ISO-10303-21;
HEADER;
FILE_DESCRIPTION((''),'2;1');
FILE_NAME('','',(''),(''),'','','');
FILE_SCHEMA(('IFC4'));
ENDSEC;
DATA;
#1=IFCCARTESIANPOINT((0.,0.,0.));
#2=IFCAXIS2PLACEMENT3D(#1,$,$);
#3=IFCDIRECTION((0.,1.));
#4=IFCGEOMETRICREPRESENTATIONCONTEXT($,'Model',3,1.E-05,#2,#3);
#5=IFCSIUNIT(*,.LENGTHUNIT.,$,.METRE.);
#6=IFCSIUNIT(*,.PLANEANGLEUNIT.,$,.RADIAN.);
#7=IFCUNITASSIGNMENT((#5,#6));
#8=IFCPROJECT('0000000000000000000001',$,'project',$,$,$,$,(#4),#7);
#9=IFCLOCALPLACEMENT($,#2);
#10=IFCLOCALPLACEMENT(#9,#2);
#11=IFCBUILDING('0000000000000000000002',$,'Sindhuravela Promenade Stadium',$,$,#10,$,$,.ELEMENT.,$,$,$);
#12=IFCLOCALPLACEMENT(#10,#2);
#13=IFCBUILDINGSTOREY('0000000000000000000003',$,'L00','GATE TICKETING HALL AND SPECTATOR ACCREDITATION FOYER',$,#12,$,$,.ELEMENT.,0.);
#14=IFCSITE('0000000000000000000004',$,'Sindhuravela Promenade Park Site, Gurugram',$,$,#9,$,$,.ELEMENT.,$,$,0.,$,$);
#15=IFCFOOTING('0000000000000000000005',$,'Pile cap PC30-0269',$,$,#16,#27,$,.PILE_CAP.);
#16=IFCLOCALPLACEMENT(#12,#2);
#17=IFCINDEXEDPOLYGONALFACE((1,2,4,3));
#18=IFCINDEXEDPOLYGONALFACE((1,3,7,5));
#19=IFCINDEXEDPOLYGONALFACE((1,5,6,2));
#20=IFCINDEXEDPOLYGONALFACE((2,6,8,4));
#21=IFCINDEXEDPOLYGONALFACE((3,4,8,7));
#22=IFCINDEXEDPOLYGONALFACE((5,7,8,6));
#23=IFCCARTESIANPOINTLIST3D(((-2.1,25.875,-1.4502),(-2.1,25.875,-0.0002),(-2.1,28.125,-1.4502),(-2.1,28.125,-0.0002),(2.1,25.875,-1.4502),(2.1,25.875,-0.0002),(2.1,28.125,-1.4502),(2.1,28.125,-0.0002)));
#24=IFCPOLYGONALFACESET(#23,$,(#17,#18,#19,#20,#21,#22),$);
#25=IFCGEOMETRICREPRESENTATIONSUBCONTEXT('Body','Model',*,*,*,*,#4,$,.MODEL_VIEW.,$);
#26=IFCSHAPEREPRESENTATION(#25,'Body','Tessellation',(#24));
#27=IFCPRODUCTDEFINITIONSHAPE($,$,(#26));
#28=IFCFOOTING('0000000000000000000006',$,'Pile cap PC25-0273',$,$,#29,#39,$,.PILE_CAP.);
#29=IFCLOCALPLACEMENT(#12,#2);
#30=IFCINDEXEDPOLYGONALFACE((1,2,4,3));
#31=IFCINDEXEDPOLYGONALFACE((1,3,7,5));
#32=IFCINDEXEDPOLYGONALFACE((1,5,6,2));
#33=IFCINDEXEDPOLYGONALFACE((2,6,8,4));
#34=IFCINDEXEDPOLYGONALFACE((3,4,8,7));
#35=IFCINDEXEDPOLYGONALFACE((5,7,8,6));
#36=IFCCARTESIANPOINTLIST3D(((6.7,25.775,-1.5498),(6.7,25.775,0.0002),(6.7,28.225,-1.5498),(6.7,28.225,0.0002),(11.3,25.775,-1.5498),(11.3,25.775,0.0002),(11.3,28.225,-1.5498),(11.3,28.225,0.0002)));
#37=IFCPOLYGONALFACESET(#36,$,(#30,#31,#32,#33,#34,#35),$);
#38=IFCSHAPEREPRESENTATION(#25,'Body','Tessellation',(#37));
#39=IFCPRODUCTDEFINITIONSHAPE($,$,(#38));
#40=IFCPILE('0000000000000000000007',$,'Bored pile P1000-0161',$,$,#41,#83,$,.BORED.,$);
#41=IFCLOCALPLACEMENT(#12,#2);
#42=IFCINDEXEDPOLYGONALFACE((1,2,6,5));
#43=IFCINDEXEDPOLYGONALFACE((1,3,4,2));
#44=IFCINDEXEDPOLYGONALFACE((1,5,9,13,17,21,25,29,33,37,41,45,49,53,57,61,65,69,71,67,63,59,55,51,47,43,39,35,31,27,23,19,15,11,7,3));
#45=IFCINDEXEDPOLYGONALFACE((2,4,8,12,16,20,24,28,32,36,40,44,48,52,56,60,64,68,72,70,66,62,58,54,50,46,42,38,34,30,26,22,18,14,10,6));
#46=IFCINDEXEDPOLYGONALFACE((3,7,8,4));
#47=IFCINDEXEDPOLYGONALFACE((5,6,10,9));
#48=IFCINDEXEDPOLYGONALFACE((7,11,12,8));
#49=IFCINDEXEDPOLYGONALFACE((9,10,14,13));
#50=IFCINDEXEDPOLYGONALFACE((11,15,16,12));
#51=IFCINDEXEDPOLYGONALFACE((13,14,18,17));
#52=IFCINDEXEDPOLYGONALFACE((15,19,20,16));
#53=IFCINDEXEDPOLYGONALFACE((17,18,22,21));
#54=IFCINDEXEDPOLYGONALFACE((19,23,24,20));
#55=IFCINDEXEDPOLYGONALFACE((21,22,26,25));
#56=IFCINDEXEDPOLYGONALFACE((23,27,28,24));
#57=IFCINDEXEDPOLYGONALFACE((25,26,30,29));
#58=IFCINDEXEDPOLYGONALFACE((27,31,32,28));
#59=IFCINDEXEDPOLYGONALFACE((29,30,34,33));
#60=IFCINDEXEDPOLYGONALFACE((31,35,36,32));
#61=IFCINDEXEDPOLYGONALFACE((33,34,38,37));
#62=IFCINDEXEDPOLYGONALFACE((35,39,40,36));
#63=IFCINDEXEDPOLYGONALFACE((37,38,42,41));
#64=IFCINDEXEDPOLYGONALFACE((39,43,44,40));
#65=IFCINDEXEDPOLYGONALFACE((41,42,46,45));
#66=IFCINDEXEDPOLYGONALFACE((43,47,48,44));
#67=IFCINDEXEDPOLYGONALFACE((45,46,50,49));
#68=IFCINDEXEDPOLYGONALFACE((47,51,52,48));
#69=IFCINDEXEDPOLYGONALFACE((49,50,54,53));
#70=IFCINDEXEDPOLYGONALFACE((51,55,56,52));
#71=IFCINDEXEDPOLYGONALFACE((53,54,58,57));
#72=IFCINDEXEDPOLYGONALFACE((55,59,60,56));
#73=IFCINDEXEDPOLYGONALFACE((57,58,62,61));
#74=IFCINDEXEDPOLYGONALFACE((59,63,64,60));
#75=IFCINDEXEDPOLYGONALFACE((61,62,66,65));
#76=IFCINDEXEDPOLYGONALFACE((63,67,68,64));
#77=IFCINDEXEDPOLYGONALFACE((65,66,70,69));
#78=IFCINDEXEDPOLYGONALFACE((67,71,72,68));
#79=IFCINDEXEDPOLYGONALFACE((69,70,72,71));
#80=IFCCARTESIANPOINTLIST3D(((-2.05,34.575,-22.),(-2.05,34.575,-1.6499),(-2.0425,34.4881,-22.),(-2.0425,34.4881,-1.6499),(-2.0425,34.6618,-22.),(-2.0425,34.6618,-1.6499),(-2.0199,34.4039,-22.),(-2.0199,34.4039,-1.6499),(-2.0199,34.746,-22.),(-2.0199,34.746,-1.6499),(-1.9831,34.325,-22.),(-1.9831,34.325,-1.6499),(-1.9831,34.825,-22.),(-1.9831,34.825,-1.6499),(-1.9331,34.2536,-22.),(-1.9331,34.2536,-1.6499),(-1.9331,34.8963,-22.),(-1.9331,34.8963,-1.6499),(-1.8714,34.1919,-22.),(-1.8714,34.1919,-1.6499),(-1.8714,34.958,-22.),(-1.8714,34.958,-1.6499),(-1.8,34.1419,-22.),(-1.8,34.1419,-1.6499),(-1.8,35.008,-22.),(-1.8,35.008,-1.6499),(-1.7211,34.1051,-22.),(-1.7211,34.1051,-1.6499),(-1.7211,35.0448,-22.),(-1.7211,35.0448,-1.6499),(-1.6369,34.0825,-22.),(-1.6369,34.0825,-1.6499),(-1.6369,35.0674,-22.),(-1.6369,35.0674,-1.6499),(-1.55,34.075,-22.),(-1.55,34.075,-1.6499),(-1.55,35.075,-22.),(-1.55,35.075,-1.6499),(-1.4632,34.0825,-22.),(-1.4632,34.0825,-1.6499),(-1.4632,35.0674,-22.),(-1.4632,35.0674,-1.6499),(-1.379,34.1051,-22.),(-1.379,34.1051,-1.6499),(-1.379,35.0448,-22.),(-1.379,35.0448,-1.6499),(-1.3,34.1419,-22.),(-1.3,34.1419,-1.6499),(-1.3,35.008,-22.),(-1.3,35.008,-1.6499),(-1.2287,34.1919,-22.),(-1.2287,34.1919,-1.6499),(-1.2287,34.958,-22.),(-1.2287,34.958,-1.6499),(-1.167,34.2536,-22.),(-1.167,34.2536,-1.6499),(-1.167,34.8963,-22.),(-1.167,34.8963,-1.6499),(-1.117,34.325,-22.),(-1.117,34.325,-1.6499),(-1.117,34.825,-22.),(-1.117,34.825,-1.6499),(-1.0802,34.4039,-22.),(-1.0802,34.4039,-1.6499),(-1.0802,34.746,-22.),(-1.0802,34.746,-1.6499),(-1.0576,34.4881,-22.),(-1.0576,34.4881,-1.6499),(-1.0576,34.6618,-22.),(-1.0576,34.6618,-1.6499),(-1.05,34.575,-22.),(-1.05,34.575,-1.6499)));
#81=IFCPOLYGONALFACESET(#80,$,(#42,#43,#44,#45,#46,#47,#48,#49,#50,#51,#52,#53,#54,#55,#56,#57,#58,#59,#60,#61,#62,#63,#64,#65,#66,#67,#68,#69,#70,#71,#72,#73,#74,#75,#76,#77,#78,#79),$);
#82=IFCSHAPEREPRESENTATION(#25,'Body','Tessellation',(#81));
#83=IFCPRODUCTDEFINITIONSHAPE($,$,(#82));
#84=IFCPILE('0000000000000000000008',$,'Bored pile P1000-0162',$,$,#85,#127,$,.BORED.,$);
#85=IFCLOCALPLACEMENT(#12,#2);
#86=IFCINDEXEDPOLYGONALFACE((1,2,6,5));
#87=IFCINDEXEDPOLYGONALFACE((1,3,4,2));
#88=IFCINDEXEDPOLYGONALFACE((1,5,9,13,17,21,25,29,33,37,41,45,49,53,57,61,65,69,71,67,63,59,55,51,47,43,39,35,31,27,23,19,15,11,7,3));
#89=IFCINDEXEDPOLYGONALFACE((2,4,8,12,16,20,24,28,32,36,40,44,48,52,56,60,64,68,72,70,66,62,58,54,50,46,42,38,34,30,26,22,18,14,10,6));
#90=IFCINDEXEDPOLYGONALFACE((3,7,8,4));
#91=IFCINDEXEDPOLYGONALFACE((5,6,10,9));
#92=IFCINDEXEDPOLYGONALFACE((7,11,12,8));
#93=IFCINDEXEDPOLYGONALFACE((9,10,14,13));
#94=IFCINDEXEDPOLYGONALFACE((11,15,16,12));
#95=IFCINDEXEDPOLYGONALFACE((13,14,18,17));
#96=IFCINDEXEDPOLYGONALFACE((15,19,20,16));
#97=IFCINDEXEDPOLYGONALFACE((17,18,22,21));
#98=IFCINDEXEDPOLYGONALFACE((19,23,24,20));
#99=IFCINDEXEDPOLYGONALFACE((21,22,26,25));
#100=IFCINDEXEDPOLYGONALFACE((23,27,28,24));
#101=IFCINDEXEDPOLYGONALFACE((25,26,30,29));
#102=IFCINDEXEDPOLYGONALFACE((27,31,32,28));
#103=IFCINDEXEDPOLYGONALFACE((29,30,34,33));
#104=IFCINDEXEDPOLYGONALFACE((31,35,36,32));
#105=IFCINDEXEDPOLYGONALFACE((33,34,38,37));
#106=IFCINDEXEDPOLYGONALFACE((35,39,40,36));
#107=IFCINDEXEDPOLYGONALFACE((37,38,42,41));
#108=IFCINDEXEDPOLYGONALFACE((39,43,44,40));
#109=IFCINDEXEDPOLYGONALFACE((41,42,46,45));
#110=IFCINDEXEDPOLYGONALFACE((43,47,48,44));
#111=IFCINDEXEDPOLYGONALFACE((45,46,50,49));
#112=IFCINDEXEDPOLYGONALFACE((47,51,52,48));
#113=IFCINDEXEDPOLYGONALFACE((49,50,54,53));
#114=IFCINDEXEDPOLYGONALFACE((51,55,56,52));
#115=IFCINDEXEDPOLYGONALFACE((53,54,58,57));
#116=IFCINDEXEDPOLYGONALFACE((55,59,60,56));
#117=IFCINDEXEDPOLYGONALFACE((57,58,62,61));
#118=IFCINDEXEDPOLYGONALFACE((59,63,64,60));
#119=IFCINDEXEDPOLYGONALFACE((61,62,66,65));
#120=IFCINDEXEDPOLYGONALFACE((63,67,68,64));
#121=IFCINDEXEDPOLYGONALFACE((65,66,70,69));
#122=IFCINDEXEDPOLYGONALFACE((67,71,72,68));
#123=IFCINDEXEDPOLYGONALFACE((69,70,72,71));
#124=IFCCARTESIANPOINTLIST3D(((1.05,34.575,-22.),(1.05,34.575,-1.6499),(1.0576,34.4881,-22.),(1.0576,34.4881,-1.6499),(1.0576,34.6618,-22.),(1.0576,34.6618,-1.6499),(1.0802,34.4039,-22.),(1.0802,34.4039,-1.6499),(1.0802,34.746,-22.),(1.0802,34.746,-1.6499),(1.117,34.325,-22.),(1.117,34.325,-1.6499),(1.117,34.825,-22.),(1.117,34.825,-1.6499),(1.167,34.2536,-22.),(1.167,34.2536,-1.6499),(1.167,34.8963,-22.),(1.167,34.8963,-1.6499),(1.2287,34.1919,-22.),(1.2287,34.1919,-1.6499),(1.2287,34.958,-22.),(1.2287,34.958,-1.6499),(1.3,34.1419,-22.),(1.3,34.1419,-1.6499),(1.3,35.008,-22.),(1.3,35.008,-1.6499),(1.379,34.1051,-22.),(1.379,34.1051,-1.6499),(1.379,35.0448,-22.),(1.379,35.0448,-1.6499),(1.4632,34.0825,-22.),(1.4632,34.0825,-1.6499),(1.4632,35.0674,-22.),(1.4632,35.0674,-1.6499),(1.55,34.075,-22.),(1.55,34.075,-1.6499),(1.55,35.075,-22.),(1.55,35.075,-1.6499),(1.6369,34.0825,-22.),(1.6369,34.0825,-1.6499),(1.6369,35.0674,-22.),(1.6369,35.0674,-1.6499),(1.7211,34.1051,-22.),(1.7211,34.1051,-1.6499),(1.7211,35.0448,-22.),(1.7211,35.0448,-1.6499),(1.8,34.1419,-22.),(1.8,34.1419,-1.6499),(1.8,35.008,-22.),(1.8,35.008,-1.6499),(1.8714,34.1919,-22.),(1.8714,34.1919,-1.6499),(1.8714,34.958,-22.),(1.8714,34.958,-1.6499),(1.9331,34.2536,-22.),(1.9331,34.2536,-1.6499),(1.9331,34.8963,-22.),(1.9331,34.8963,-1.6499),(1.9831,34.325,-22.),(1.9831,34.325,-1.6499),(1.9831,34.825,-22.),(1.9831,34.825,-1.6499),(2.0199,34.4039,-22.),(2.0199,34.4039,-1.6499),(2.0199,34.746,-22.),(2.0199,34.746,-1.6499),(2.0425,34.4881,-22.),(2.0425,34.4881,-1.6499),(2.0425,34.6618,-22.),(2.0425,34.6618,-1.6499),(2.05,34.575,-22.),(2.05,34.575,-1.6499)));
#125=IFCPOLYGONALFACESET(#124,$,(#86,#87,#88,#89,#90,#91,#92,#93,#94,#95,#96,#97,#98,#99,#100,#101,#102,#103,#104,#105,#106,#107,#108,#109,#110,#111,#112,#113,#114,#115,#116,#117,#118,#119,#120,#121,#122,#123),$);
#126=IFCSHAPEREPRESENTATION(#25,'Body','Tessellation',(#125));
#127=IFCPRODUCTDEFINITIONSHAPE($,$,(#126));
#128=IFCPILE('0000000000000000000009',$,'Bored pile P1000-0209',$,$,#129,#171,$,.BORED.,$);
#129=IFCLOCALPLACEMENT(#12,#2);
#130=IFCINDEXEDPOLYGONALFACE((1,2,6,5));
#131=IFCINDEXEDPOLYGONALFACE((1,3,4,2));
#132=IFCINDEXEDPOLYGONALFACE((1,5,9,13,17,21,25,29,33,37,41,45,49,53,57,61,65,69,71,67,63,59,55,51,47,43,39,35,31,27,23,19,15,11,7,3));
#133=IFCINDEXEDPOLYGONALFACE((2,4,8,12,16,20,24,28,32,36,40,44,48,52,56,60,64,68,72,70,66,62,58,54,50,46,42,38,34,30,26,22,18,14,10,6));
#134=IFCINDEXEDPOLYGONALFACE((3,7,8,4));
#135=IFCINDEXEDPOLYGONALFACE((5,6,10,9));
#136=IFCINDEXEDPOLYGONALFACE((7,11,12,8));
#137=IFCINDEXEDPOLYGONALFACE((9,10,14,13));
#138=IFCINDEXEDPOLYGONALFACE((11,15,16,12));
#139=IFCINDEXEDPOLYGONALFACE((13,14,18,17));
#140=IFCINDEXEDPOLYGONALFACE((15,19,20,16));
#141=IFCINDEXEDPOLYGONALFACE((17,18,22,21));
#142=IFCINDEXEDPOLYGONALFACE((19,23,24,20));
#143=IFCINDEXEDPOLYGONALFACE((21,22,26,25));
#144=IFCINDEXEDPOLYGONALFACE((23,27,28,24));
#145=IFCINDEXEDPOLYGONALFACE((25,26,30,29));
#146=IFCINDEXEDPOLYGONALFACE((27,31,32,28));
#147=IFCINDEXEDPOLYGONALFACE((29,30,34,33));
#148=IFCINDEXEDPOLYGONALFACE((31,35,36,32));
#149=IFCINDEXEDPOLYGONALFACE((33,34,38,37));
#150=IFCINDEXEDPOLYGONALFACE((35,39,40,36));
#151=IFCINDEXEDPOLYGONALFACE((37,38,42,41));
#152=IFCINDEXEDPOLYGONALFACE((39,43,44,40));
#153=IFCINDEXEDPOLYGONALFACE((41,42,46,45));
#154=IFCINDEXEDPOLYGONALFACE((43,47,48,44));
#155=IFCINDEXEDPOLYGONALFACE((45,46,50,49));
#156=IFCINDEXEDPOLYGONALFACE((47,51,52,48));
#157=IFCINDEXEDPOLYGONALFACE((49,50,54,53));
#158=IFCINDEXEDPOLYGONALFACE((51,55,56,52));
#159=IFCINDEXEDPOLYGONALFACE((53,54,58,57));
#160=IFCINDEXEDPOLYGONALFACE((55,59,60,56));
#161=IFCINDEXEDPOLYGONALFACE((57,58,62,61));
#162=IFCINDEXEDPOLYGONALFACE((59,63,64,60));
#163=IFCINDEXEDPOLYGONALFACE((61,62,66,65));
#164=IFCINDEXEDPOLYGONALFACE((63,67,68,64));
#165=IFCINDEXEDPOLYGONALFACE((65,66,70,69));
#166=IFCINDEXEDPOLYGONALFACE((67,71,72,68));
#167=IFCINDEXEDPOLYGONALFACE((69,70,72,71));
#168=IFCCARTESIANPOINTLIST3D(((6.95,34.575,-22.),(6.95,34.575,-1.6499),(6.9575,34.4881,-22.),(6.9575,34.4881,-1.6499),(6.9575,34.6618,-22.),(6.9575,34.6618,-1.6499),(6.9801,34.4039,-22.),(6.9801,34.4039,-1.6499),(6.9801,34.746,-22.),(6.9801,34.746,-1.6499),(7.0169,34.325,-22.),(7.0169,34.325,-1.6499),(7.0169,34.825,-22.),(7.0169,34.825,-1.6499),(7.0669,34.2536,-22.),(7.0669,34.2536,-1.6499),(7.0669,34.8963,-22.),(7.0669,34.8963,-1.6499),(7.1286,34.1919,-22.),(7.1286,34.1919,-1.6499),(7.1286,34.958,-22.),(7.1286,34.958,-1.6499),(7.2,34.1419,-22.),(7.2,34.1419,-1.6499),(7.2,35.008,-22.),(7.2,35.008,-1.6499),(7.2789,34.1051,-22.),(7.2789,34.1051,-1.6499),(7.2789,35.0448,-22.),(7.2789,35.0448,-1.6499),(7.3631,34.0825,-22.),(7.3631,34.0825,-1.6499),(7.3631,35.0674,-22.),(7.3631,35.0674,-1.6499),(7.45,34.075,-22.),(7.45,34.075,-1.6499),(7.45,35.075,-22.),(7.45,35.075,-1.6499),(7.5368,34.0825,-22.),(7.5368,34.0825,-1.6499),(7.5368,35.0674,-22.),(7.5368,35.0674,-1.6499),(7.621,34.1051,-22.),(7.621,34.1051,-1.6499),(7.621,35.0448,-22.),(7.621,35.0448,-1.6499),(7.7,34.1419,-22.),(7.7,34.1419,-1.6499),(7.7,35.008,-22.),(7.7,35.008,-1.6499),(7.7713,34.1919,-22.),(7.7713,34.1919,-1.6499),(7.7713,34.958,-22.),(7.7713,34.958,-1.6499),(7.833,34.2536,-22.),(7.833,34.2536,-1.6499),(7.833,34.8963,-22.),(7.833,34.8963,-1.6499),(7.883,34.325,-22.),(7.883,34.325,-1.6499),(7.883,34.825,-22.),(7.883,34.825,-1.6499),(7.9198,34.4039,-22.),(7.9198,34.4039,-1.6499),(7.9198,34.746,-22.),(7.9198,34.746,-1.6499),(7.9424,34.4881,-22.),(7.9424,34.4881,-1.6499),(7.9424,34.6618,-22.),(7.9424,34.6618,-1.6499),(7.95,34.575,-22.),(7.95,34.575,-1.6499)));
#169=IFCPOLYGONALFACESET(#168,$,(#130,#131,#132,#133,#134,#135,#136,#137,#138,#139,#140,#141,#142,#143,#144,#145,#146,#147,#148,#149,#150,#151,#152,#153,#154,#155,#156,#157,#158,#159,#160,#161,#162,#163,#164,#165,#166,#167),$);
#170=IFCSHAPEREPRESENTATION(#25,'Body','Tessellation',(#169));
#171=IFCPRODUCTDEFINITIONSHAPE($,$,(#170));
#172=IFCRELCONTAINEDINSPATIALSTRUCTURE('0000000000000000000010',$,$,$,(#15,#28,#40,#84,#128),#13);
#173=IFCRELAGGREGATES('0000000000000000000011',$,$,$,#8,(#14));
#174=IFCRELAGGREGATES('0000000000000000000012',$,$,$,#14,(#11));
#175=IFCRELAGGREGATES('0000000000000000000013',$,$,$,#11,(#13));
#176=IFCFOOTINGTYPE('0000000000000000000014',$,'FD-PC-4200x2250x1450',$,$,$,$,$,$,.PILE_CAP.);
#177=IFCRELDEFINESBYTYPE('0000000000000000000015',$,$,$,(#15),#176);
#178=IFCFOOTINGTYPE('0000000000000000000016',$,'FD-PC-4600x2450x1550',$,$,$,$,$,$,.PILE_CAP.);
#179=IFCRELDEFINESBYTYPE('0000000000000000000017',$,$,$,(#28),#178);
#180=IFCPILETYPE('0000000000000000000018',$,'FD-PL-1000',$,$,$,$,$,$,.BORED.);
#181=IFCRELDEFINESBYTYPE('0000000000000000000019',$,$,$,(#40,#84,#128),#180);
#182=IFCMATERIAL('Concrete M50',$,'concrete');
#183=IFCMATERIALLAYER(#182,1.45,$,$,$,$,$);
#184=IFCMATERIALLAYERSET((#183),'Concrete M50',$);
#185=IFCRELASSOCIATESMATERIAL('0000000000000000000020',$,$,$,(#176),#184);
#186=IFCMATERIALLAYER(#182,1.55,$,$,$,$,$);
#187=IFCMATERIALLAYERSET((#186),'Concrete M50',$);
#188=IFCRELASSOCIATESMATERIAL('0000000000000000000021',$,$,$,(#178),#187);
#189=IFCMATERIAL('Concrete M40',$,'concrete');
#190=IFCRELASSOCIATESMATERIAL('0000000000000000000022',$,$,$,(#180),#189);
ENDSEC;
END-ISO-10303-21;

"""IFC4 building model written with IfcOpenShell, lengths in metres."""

from ifc_helpers import new_model, si_unit, direction, frame, origin, origin_2d, place, context, subcontext, project, spatial, rectangle, circle, extrude, material, layer, layer_set, material_profile, profile_set, type_object, element, save


model = new_model("IFC4")

# Units and contexts
model_context = context("Model", 3, precision=1e-05, world=origin(), true_north=direction((0.0, 1.0)))
body_context = subcontext(model_context, "Body", "Model", "MODEL_VIEW")
ifc_project = project(units=[si_unit("LENGTHUNIT", "METRE"), si_unit("PLANEANGLEUNIT", "RADIAN")], contexts=[model_context])

# Site, building, storey
site_placement = place(None, origin())
site = spatial("IfcSite", under=ifc_project, at=site_placement, Name="Sindhuravela Promenade Park Site, Gurugram", CompositionType="ELEMENT", RefElevation=0.0)
building_placement = place(site_placement, origin())
building = spatial("IfcBuilding", under=site, at=building_placement, Name="Sindhuravela Promenade Stadium", CompositionType="ELEMENT")
storey_placement = place(building_placement, origin())
storey = spatial("IfcBuildingStorey", under=building, at=storey_placement, Name="L00", Description="GATE TICKETING HALL AND SPECTATOR ACCREDITATION FOYER", CompositionType="ELEMENT", Elevation=0.0)

# Footings
ifc_material_1 = material(Name="Concrete M50", Category="concrete")
ifc_layer_1 = layer(ifc_material_1, 1.45)
ifc_layer_set_1 = layer_set([ifc_layer_1], Name="Concrete M50")
footing_type_1 = type_object("IfcFootingType", Name="FD-PC-4200x2250x1450", PredefinedType="PILE_CAP", material=ifc_layer_set_1)
footing_1_placement = place(storey_placement, frame((0.0, 27.0, -1.4502), z_axis=(0.0, 0.0, 1.0), x_axis=(1.0, 0.0, 0.0)))
element("IfcFooting", 1, at=footing_1_placement, inside=storey, type_object=footing_type_1, Name="Pile cap PC30-0269", PredefinedType="PILE_CAP", context=body_context, shape_type="SweptSolid", body=[
    extrude(rectangle(XDim=4.2, YDim=2.25, at=origin_2d()), origin(), (0.0, 0.0, 1.0), 1.45),
])
ifc_layer_2 = layer(ifc_material_1, 1.55)
ifc_layer_set_2 = layer_set([ifc_layer_2], Name="Concrete M50")
footing_type_2 = type_object("IfcFootingType", Name="FD-PC-4600x2450x1550", PredefinedType="PILE_CAP", material=ifc_layer_set_2)
footing_2_placement = place(storey_placement, frame((9.0, 27.0, -1.5498), z_axis=(0.0, 0.0, 1.0), x_axis=(1.0, 0.0, 0.0)))
element("IfcFooting", 2, at=footing_2_placement, inside=storey, type_object=footing_type_2, Name="Pile cap PC25-0273", PredefinedType="PILE_CAP", context=body_context, shape_type="SweptSolid", body=[
    extrude(rectangle(XDim=4.6001, YDim=2.45, at=origin_2d()), origin(), (0.0, 0.0, 1.0), 1.55),
])

# Piles
ifc_material_2 = material(Name="Concrete M40", Category="concrete")
ifc_material_profile_1 = material_profile(ifc_material_2, circle(Radius=0.5, at=origin_2d()), Name="BORED PILE D1000")
ifc_profile_set_1 = profile_set([ifc_material_profile_1], Name="Concrete M40")
pile_type_1 = type_object("IfcPileType", Name="FD-PL-1000", PredefinedType="BORED", material=ifc_profile_set_1)
for number, where, z_axis, x_axis, name in (
    (3, (-1.55, 34.575, -1.6499), (0.0, 0.0, -1.0), (1.0, 0.0, 0.0), "Bored pile P1000-0161"),
    (4, (1.55, 34.575, -1.6499), (0.0, 0.0, -1.0), (1.0, 0.0, 0.0), "Bored pile P1000-0162"),
    (5, (7.45, 34.575, -1.6499), (0.0, 0.0, -1.0), (1.0, 0.0, 0.0), "Bored pile P1000-0209"),
):
    element("IfcPile", number, at=place(storey_placement, frame(where, z_axis=z_axis, x_axis=x_axis)), inside=storey, type_object=pile_type_1, Name=name, PredefinedType="BORED", context=body_context, shape_type="SweptSolid", body=[
        extrude(circle(Radius=0.5, at=origin_2d()), origin(), (0.0, 0.0, 1.0), 20.3501),
    ])

save(model, "model.ifc")
